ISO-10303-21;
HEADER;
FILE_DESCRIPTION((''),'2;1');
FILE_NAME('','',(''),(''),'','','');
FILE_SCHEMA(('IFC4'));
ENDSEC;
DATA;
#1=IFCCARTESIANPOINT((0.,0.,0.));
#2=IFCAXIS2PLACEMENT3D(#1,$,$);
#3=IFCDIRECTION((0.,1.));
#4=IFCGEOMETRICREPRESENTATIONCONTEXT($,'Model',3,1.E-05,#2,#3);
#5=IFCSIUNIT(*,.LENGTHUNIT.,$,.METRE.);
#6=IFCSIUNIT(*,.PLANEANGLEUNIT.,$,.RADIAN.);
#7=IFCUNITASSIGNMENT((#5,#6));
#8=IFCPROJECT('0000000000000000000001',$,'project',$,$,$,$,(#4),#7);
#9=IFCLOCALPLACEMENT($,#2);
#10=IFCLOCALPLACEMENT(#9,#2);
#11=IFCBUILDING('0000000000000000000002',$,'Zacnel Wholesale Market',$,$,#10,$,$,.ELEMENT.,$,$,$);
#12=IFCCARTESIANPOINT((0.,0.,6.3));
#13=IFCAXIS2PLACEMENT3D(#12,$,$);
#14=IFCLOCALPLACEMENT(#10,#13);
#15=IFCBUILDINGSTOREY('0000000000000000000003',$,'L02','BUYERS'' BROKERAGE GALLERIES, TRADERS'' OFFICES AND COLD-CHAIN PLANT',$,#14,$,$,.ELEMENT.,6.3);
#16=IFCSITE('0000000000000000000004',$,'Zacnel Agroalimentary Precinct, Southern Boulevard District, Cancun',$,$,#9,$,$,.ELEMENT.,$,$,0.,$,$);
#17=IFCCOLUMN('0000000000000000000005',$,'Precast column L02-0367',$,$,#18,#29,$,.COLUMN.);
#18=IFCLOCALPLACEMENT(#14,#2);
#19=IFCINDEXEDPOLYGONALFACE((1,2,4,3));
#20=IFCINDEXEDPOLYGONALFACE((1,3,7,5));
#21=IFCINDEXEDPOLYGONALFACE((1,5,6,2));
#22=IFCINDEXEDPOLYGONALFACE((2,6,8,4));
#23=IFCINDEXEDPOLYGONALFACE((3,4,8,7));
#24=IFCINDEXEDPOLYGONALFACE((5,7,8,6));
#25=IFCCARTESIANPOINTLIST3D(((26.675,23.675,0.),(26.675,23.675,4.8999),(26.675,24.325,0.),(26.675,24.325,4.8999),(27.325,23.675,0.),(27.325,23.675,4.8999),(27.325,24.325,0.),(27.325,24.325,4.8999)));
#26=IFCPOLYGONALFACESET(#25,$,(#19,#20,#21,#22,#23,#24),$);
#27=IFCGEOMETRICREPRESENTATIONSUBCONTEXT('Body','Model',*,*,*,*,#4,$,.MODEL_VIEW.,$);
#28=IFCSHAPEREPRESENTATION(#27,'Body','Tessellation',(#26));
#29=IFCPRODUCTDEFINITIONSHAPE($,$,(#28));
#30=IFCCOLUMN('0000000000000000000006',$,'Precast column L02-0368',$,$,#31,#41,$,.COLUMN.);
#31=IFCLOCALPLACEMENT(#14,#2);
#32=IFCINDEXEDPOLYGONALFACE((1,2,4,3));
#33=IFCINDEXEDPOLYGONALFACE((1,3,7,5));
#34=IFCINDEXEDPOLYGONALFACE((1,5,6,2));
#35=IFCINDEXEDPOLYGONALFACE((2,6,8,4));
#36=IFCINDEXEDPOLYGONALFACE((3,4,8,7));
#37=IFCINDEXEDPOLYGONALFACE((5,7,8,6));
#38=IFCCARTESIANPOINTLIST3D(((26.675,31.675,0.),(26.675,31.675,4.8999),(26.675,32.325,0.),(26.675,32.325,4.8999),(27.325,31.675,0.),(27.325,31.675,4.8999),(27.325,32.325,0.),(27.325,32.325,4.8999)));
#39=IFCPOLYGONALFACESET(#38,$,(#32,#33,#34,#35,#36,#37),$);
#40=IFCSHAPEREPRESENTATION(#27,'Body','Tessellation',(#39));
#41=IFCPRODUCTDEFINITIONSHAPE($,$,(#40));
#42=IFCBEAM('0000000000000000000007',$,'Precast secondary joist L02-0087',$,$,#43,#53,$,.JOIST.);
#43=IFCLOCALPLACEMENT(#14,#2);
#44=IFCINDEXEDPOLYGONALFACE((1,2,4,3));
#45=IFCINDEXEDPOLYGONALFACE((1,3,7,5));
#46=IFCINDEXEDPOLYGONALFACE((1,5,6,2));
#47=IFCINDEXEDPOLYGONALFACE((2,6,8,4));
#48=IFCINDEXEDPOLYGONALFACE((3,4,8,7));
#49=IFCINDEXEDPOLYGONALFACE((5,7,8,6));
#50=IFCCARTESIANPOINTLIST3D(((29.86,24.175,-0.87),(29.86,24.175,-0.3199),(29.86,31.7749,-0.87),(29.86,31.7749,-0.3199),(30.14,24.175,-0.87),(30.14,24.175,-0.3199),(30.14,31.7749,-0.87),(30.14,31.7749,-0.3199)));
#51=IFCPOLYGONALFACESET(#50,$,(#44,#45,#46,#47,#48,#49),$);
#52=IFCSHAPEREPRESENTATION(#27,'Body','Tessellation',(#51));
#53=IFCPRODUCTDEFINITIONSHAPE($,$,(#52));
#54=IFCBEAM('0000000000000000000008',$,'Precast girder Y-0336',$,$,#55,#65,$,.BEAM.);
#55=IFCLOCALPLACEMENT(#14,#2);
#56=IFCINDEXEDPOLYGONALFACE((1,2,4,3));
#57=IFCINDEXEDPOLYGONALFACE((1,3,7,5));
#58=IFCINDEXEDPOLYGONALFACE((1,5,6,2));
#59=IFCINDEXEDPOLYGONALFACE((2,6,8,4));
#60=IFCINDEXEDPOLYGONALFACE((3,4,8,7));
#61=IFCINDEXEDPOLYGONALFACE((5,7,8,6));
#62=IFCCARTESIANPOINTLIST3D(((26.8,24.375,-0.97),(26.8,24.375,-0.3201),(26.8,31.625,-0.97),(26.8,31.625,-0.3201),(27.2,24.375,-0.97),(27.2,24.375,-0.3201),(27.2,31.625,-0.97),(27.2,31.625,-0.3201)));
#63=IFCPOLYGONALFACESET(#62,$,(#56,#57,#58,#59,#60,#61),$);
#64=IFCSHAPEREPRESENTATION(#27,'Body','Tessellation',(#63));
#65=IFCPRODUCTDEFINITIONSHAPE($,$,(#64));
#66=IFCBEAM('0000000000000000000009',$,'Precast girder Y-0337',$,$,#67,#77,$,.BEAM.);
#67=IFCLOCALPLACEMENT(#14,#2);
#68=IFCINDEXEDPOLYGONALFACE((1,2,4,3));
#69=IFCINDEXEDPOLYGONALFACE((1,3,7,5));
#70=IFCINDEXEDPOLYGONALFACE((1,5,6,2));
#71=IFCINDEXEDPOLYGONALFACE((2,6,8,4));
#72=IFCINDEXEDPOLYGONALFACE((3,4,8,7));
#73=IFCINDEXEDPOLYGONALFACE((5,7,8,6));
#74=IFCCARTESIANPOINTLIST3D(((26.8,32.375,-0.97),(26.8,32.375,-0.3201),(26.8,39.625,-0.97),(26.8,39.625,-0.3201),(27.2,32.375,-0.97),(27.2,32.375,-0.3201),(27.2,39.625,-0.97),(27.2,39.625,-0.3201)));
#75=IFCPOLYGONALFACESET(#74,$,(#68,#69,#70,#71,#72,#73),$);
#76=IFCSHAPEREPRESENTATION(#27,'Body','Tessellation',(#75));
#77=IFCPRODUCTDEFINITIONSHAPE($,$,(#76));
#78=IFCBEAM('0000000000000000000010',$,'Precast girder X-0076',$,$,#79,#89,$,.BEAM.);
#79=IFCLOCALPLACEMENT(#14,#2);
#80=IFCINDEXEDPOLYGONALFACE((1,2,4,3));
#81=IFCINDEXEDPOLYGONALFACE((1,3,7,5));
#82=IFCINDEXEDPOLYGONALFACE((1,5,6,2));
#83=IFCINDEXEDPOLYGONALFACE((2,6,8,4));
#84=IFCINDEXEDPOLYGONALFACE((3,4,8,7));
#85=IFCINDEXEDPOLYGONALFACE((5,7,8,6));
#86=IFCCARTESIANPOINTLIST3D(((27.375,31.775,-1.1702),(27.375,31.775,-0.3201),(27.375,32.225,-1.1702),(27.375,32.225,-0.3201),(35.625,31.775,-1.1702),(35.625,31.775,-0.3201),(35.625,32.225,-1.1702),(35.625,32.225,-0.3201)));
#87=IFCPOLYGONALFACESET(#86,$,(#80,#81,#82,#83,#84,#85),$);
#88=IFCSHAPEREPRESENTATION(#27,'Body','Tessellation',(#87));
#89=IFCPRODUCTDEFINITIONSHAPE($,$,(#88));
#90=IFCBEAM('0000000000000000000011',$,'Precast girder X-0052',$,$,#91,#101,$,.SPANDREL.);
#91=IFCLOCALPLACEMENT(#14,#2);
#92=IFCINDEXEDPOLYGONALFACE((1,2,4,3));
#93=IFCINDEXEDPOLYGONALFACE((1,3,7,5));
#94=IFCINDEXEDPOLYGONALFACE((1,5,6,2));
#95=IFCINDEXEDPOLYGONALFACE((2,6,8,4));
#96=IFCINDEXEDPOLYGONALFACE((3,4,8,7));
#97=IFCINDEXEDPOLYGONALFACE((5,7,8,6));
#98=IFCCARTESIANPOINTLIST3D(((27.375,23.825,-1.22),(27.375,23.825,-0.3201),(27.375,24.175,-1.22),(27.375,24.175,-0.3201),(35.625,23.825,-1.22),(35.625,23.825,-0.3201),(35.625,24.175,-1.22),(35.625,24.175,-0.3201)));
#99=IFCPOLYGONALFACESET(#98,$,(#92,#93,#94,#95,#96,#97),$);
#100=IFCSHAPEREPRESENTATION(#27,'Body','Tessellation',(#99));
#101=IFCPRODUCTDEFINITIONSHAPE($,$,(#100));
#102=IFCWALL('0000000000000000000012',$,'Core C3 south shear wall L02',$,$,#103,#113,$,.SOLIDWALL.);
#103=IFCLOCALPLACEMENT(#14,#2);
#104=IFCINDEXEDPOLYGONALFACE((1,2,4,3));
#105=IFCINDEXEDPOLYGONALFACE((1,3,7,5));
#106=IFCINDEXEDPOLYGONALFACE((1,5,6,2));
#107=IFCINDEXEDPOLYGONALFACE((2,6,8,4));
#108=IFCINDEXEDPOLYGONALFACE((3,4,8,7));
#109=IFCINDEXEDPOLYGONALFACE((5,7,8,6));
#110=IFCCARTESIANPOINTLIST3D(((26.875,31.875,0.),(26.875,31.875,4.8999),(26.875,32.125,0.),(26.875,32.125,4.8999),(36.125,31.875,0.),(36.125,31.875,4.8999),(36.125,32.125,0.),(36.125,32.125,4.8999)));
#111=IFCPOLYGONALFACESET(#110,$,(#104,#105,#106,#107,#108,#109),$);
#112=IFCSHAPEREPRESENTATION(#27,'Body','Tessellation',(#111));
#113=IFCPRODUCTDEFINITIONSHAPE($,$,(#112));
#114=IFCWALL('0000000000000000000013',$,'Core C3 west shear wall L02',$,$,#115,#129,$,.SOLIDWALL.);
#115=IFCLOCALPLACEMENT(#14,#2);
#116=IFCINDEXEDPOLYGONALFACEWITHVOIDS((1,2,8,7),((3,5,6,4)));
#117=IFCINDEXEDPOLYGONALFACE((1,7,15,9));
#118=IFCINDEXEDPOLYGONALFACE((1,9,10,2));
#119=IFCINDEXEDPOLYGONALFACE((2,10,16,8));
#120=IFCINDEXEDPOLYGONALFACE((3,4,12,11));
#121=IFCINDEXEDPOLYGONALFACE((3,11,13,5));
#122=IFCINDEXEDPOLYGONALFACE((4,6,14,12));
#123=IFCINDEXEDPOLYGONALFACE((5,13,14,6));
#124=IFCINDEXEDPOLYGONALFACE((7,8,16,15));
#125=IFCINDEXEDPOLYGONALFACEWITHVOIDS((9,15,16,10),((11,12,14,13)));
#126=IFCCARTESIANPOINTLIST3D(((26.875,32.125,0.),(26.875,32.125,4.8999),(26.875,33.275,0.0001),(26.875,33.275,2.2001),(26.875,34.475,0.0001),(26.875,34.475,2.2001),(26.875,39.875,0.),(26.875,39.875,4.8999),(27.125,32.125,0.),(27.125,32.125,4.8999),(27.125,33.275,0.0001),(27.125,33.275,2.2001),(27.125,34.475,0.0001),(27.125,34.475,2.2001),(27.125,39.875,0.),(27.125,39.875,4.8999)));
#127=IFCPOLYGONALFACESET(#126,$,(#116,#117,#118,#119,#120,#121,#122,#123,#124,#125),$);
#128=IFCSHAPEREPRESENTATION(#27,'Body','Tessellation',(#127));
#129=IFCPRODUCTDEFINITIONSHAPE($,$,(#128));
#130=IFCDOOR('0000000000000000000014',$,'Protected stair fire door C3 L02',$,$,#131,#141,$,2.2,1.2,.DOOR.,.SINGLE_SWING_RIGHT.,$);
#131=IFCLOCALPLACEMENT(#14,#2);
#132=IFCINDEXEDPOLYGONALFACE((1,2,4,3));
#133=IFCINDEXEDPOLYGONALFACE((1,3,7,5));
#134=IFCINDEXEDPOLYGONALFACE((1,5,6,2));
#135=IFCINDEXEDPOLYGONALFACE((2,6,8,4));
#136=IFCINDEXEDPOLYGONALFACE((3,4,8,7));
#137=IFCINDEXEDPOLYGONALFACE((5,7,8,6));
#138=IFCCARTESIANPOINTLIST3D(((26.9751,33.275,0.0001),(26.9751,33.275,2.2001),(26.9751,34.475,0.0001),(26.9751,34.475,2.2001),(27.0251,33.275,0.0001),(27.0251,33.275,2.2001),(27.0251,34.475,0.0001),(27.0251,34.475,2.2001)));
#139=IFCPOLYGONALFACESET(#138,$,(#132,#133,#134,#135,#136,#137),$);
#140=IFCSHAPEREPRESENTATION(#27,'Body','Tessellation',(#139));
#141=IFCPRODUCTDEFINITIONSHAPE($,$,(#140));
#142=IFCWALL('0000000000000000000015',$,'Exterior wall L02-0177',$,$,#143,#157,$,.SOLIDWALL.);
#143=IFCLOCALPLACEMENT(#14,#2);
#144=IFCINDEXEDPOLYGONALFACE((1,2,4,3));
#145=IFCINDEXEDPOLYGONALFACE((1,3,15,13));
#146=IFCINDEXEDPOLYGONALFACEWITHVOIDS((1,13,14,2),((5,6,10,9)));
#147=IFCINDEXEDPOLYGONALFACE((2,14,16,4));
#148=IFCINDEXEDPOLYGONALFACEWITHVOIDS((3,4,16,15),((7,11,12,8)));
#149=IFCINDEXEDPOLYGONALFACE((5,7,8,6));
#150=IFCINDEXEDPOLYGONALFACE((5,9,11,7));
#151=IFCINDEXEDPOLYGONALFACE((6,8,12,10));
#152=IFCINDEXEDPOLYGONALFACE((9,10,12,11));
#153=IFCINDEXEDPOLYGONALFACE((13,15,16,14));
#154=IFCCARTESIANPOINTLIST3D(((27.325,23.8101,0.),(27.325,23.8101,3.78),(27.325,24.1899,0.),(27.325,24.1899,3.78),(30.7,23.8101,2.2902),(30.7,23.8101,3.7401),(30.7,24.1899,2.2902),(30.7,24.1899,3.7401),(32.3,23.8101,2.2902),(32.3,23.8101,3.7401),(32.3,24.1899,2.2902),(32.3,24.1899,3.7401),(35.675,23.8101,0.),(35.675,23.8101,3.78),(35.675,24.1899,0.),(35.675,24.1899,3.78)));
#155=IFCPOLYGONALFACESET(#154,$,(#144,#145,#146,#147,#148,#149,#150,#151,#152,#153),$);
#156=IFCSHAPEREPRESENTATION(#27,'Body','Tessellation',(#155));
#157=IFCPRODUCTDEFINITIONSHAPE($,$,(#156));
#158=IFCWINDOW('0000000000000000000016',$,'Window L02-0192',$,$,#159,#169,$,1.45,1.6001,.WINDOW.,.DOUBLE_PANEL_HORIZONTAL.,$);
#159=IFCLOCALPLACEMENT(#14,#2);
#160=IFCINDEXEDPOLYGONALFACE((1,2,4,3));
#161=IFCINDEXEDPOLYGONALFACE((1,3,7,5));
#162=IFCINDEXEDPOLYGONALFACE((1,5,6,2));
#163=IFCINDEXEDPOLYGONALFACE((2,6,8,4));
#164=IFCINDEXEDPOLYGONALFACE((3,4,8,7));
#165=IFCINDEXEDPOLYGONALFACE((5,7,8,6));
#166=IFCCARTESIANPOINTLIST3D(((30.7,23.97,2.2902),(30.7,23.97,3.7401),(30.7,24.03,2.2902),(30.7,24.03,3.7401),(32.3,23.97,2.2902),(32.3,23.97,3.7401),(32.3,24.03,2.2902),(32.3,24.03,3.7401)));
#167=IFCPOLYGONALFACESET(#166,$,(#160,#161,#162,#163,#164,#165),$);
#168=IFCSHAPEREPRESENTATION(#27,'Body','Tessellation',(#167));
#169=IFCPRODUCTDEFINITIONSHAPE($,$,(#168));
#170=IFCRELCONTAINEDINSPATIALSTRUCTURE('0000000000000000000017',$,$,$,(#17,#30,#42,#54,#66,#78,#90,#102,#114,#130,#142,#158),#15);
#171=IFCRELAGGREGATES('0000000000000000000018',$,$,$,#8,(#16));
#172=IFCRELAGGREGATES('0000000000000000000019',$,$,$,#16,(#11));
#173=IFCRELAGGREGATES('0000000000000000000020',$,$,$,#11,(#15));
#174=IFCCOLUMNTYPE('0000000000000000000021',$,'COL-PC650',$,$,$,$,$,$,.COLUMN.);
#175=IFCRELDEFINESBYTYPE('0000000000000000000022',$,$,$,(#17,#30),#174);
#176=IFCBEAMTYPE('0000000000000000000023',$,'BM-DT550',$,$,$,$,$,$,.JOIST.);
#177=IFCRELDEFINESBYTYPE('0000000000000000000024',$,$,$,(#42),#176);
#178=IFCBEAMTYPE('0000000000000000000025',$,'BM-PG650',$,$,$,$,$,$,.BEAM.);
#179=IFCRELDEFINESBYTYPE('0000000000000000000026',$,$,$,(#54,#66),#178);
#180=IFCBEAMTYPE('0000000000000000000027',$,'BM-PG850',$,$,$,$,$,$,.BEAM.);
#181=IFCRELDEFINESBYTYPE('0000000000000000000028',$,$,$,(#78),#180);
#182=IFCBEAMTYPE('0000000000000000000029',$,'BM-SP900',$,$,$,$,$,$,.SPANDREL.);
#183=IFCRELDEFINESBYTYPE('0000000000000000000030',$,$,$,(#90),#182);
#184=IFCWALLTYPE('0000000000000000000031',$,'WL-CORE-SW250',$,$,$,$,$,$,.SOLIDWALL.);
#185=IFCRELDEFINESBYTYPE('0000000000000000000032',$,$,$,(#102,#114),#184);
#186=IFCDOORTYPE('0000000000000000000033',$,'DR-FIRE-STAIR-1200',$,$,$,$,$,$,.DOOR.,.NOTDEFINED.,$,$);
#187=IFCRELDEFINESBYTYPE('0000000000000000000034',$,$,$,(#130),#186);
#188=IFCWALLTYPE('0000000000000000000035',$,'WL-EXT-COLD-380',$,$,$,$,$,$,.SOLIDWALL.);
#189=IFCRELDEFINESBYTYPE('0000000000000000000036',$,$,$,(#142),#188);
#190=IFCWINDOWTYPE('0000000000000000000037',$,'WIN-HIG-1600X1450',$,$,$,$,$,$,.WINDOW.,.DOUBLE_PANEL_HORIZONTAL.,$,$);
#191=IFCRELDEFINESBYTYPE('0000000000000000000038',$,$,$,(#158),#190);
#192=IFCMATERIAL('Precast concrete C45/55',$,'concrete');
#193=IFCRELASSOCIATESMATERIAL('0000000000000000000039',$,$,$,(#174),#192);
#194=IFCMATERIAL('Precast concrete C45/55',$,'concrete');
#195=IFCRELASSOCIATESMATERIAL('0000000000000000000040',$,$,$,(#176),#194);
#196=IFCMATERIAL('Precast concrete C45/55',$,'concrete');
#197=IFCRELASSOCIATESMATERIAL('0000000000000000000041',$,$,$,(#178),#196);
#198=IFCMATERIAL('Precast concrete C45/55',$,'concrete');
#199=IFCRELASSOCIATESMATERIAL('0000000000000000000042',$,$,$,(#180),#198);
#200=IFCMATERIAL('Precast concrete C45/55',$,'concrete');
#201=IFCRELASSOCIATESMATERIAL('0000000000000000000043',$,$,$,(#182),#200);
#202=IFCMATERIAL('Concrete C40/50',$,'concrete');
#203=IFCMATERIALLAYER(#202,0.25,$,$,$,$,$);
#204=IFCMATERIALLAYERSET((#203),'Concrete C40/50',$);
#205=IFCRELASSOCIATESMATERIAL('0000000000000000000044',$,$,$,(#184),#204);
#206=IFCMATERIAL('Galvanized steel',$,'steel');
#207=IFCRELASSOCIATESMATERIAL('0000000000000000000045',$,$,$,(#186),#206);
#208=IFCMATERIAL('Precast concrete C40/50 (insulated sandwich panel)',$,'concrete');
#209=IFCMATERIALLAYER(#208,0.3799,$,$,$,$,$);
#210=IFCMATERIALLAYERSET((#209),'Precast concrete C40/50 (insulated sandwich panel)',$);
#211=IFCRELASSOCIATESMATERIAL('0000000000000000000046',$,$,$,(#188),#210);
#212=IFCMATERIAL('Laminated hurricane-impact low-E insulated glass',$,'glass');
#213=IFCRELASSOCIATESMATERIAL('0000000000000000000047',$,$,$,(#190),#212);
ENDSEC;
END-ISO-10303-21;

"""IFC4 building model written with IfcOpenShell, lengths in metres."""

from ifc_helpers import new_model, si_unit, direction, frame, frame_2d, origin, origin_2d, place, context, subcontext, project, spatial, rectangle, extrude, material, layer, layer_set, material_profile, profile_set, type_object, element, fill, save


model = new_model("IFC4")

# Units and contexts
model_context = context("Model", 3, precision=1e-05, world=origin(), true_north=direction((0.0, 1.0)))
body_context = subcontext(model_context, "Body", "Model", "MODEL_VIEW")
ifc_project = project(units=[si_unit("LENGTHUNIT", "METRE"), si_unit("PLANEANGLEUNIT", "RADIAN")], contexts=[model_context])

# Site, building, storey
site_placement = place(None, origin())
site = spatial("IfcSite", under=ifc_project, at=site_placement, Name="Zacnel Agroalimentary Precinct, Southern Boulevard District, Cancun", CompositionType="ELEMENT", RefElevation=0.0)
building_placement = place(site_placement, origin())
building = spatial("IfcBuilding", under=site, at=building_placement, Name="Zacnel Wholesale Market", CompositionType="ELEMENT")
storey_placement = place(building_placement, frame((0.0, 0.0, 6.3)))
storey = spatial("IfcBuildingStorey", under=building, at=storey_placement, Name="L02", Description="BUYERS' BROKERAGE GALLERIES, TRADERS' OFFICES AND COLD-CHAIN PLANT", CompositionType="ELEMENT", Elevation=6.3)

# Columns
ifc_material_1 = material(Name="Precast concrete C45/55", Category="concrete")
ifc_material_profile_1 = material_profile(ifc_material_1, rectangle(XDim=0.6499, YDim=0.6499, at=origin_2d()), Name="PC 650x650")
ifc_profile_set_1 = profile_set([ifc_material_profile_1], Name="Precast concrete C45/55")
column_type = type_object("IfcColumnType", Name="COL-PC650", PredefinedType="COLUMN", material=ifc_profile_set_1)
for number, where, z_axis, x_axis, name in (
    (1, (27.0, 24.0, 0.0), (0.0, 0.0, 1.0), (1.0, 0.0, 0.0), "Precast column L02-0367"),
    (2, (27.0, 32.0, 0.0), (0.0, 0.0, 1.0), (1.0, 0.0, 0.0), "Precast column L02-0368"),
):
    element("IfcColumn", number, at=place(storey_placement, frame(where, z_axis=z_axis, x_axis=x_axis)), inside=storey, type_object=column_type, Name=name, PredefinedType="COLUMN", context=body_context, shape_type="SweptSolid", body=[
        extrude(rectangle(XDim=0.6499, YDim=0.6499, at=origin_2d()), origin(), (0.0, 0.0, 1.0), 4.8999),
    ])

# Beams
ifc_material_2 = material(Name="Precast concrete C45/55", Category="concrete")
ifc_material_profile_2 = material_profile(ifc_material_2, rectangle(XDim=0.28, YDim=0.55, at=origin_2d()), Name="DT RIB 280x550")
ifc_profile_set_2 = profile_set([ifc_material_profile_2], Name="Precast concrete C45/55")
beam_type_1 = type_object("IfcBeamType", Name="BM-DT550", PredefinedType="JOIST", material=ifc_profile_set_2)
beam_1_placement = place(storey_placement, frame((30.0, 24.175, -0.595), z_axis=(0.0, 1.0, 0.0), x_axis=(-1.0, 0.0, 0.0)))
element("IfcBeam", 3, at=beam_1_placement, inside=storey, type_object=beam_type_1, Name="Precast secondary joist L02-0087", PredefinedType="JOIST", context=body_context, shape_type="SweptSolid", body=[
    extrude(rectangle(XDim=0.28, YDim=0.55, at=origin_2d()), origin(), (0.0, 0.0, 1.0), 7.5999),
])
ifc_material_3 = material(Name="Precast concrete C45/55", Category="concrete")
ifc_material_profile_3 = material_profile(ifc_material_3, rectangle(XDim=0.3999, YDim=0.6499, at=origin_2d()), Name="PG 400x650")
ifc_profile_set_3 = profile_set([ifc_material_profile_3], Name="Precast concrete C45/55")
beam_type_2 = type_object("IfcBeamType", Name="BM-PG650", PredefinedType="BEAM", material=ifc_profile_set_3)
for number, where, z_axis, x_axis, name in (
    (4, (27.0, 24.375, -0.645), (0.0, 1.0, 0.0), (-1.0, 0.0, 0.0), "Precast girder Y-0336"),
    (5, (27.0, 32.375, -0.645), (0.0, 1.0, 0.0), (-1.0, 0.0, 0.0), "Precast girder Y-0337"),
):
    element("IfcBeam", number, at=place(storey_placement, frame(where, z_axis=z_axis, x_axis=x_axis)), inside=storey, type_object=beam_type_2, Name=name, PredefinedType="BEAM", context=body_context, shape_type="SweptSolid", body=[
        extrude(rectangle(XDim=0.3999, YDim=0.6499, at=origin_2d()), origin(), (0.0, 0.0, 1.0), 7.25),
    ])
ifc_material_4 = material(Name="Precast concrete C45/55", Category="concrete")
ifc_material_profile_4 = material_profile(ifc_material_4, rectangle(XDim=0.45, YDim=0.8501, at=origin_2d()), Name="PG 450x850")
ifc_profile_set_4 = profile_set([ifc_material_profile_4], Name="Precast concrete C45/55")
beam_type_3 = type_object("IfcBeamType", Name="BM-PG850", PredefinedType="BEAM", material=ifc_profile_set_4)
beam_2_placement = place(storey_placement, frame((27.375, 32.0, -0.7451), z_axis=(1.0, 0.0, 0.0), x_axis=(0.0, 1.0, 0.0)))
element("IfcBeam", 6, at=beam_2_placement, inside=storey, type_object=beam_type_3, Name="Precast girder X-0076", PredefinedType="BEAM", context=body_context, shape_type="SweptSolid", body=[
    extrude(rectangle(XDim=0.45, YDim=0.8501, at=origin_2d()), origin(), (0.0, 0.0, 1.0), 8.25),
])
ifc_material_5 = material(Name="Precast concrete C45/55", Category="concrete")
ifc_material_profile_5 = material_profile(ifc_material_5, rectangle(XDim=0.3501, YDim=0.8999, at=origin_2d()), Name="SP 350x900")
ifc_profile_set_5 = profile_set([ifc_material_profile_5], Name="Precast concrete C45/55")
beam_type_4 = type_object("IfcBeamType", Name="BM-SP900", PredefinedType="SPANDREL", material=ifc_profile_set_5)
beam_3_placement = place(storey_placement, frame((27.375, 24.0, -0.77), z_axis=(1.0, 0.0, 0.0), x_axis=(0.0, 1.0, 0.0)))
element("IfcBeam", 7, at=beam_3_placement, inside=storey, type_object=beam_type_4, Name="Precast girder X-0052", PredefinedType="SPANDREL", context=body_context, shape_type="SweptSolid", body=[
    extrude(rectangle(XDim=0.3501, YDim=0.8999, at=origin_2d()), origin(), (0.0, 0.0, 1.0), 8.25),
])

# Wall
ifc_material_6 = material(Name="Concrete C40/50", Category="concrete")
ifc_layer_1 = layer(ifc_material_6, 0.25)
ifc_layer_set_1 = layer_set([ifc_layer_1], Name="Concrete C40/50")
wall_type_1 = type_object("IfcWallType", Name="WL-CORE-SW250", PredefinedType="SOLIDWALL", material=ifc_layer_set_1)
wall_1_placement = place(storey_placement, frame((26.875, 32.0, 0.0), z_axis=(0.0, 0.0, 1.0), x_axis=(1.0, 0.0, 0.0)))
element("IfcWall", 8, at=wall_1_placement, inside=storey, type_object=wall_type_1, Name="Core C3 south shear wall L02", PredefinedType="SOLIDWALL", context=body_context, shape_type="SweptSolid", body=[
    extrude(rectangle(XDim=9.25, YDim=0.25, at=frame_2d((4.625, 0.0))), origin(), (0.0, 0.0, 1.0), 4.8999),
])

# Wall, opening, door
wall_2_placement = place(storey_placement, frame((27.0, 32.125, 0.0), z_axis=(0.0, 0.0, 1.0), x_axis=(0.0, 1.0, 0.0)))
wall_2 = element("IfcWall", 9, at=wall_2_placement, inside=storey, type_object=wall_type_1, Name="Core C3 west shear wall L02", PredefinedType="SOLIDWALL", context=body_context, shape_type="SweptSolid", body=[
    extrude(rectangle(XDim=7.75, YDim=0.25, at=frame_2d((3.875, 0.0))), origin(), (0.0, 0.0, 1.0), 4.8999),
])
opening_1_placement = place(wall_2_placement, frame((1.1499, 0.0, 0.0)))
opening_1 = element("IfcOpeningElement", 10, at=opening_1_placement, cuts=wall_2, PredefinedType="OPENING", context=body_context, shape_type="SweptSolid", body=[
    extrude(rectangle(XDim=1.2, YDim=2.2, at=frame_2d((0.6001, 1.1001))), frame((0.0, 0.135, 0.0), z_axis=(0.0, -1.0, 0.0), x_axis=(1.0, 0.0, 0.0)), (0.0, 0.0, 1.0), 0.27),
])
ifc_material_7 = material(Name="Galvanized steel", Category="steel")
door_type_1 = type_object("IfcDoorType", Name="DR-FIRE-STAIR-1200", OperationType="NOTDEFINED", PredefinedType="DOOR", material=ifc_material_7)
door_1_placement = place(opening_1_placement, origin())
door_1 = element("IfcDoor", 11, at=door_1_placement, inside=storey, type_object=door_type_1, Name="Protected stair fire door C3 L02", OperationType="SINGLE_SWING_RIGHT", OverallHeight=2.2, OverallWidth=1.2, PredefinedType="DOOR", context=body_context, shape_type="SweptSolid", body=[
    extrude(rectangle(XDim=1.2, YDim=2.2, at=frame_2d((0.6001, 1.1001))), frame((0.0, 0.0249, 0.0), z_axis=(0.0, -1.0, 0.0), x_axis=(1.0, 0.0, 0.0)), (0.0, 0.0, 1.0), 0.05),
])
fill(opening_1, door_1)

# Wall, opening, window
ifc_material_8 = material(Name="Precast concrete C40/50 (insulated sandwich panel)", Category="concrete")
ifc_layer_2 = layer(ifc_material_8, 0.3799)
ifc_layer_set_2 = layer_set([ifc_layer_2], Name="Precast concrete C40/50 (insulated sandwich panel)")
wall_type_2 = type_object("IfcWallType", Name="WL-EXT-COLD-380", PredefinedType="SOLIDWALL", material=ifc_layer_set_2)
wall_3_placement = place(storey_placement, frame((27.325, 24.0, 0.0), z_axis=(0.0, 0.0, 1.0), x_axis=(1.0, 0.0, 0.0)))
wall_3 = element("IfcWall", 12, at=wall_3_placement, inside=storey, type_object=wall_type_2, Name="Exterior wall L02-0177", PredefinedType="SOLIDWALL", context=body_context, shape_type="SweptSolid", body=[
    extrude(rectangle(XDim=8.3501, YDim=0.3799, at=frame_2d((4.175, 0.0))), origin(), (0.0, 0.0, 1.0), 3.78),
])
opening_2_placement = place(wall_3_placement, frame((3.375, 0.0, 2.29)))
opening_2 = element("IfcOpeningElement", 13, at=opening_2_placement, cuts=wall_3, PredefinedType="OPENING", context=body_context, shape_type="SweptSolid", body=[
    extrude(rectangle(XDim=1.6001, YDim=1.45, at=frame_2d((0.8, 0.7251))), frame((0.0, 0.2, 0.0), z_axis=(0.0, -1.0, 0.0), x_axis=(1.0, 0.0, 0.0)), (0.0, 0.0, 1.0), 0.3999),
])
ifc_material_9 = material(Name="Laminated hurricane-impact low-E insulated glass", Category="glass")
window_type = type_object("IfcWindowType", Name="WIN-HIG-1600X1450", PartitioningType="DOUBLE_PANEL_HORIZONTAL", PredefinedType="WINDOW", material=ifc_material_9)
window_placement = place(opening_2_placement, origin())
window = element("IfcWindow", 14, at=window_placement, inside=storey, type_object=window_type, Name="Window L02-0192", OverallHeight=1.45, OverallWidth=1.6001, PartitioningType="DOUBLE_PANEL_HORIZONTAL", PredefinedType="WINDOW", context=body_context, shape_type="SweptSolid", body=[
    extrude(rectangle(XDim=1.6001, YDim=1.45, at=frame_2d((0.8, 0.7251))), frame((0.0, 0.03, 0.0), z_axis=(0.0, -1.0, 0.0), x_axis=(1.0, 0.0, 0.0)), (0.0, 0.0, 1.0), 0.0601),
])
fill(opening_2, window)

save(model, "model.ifc")
